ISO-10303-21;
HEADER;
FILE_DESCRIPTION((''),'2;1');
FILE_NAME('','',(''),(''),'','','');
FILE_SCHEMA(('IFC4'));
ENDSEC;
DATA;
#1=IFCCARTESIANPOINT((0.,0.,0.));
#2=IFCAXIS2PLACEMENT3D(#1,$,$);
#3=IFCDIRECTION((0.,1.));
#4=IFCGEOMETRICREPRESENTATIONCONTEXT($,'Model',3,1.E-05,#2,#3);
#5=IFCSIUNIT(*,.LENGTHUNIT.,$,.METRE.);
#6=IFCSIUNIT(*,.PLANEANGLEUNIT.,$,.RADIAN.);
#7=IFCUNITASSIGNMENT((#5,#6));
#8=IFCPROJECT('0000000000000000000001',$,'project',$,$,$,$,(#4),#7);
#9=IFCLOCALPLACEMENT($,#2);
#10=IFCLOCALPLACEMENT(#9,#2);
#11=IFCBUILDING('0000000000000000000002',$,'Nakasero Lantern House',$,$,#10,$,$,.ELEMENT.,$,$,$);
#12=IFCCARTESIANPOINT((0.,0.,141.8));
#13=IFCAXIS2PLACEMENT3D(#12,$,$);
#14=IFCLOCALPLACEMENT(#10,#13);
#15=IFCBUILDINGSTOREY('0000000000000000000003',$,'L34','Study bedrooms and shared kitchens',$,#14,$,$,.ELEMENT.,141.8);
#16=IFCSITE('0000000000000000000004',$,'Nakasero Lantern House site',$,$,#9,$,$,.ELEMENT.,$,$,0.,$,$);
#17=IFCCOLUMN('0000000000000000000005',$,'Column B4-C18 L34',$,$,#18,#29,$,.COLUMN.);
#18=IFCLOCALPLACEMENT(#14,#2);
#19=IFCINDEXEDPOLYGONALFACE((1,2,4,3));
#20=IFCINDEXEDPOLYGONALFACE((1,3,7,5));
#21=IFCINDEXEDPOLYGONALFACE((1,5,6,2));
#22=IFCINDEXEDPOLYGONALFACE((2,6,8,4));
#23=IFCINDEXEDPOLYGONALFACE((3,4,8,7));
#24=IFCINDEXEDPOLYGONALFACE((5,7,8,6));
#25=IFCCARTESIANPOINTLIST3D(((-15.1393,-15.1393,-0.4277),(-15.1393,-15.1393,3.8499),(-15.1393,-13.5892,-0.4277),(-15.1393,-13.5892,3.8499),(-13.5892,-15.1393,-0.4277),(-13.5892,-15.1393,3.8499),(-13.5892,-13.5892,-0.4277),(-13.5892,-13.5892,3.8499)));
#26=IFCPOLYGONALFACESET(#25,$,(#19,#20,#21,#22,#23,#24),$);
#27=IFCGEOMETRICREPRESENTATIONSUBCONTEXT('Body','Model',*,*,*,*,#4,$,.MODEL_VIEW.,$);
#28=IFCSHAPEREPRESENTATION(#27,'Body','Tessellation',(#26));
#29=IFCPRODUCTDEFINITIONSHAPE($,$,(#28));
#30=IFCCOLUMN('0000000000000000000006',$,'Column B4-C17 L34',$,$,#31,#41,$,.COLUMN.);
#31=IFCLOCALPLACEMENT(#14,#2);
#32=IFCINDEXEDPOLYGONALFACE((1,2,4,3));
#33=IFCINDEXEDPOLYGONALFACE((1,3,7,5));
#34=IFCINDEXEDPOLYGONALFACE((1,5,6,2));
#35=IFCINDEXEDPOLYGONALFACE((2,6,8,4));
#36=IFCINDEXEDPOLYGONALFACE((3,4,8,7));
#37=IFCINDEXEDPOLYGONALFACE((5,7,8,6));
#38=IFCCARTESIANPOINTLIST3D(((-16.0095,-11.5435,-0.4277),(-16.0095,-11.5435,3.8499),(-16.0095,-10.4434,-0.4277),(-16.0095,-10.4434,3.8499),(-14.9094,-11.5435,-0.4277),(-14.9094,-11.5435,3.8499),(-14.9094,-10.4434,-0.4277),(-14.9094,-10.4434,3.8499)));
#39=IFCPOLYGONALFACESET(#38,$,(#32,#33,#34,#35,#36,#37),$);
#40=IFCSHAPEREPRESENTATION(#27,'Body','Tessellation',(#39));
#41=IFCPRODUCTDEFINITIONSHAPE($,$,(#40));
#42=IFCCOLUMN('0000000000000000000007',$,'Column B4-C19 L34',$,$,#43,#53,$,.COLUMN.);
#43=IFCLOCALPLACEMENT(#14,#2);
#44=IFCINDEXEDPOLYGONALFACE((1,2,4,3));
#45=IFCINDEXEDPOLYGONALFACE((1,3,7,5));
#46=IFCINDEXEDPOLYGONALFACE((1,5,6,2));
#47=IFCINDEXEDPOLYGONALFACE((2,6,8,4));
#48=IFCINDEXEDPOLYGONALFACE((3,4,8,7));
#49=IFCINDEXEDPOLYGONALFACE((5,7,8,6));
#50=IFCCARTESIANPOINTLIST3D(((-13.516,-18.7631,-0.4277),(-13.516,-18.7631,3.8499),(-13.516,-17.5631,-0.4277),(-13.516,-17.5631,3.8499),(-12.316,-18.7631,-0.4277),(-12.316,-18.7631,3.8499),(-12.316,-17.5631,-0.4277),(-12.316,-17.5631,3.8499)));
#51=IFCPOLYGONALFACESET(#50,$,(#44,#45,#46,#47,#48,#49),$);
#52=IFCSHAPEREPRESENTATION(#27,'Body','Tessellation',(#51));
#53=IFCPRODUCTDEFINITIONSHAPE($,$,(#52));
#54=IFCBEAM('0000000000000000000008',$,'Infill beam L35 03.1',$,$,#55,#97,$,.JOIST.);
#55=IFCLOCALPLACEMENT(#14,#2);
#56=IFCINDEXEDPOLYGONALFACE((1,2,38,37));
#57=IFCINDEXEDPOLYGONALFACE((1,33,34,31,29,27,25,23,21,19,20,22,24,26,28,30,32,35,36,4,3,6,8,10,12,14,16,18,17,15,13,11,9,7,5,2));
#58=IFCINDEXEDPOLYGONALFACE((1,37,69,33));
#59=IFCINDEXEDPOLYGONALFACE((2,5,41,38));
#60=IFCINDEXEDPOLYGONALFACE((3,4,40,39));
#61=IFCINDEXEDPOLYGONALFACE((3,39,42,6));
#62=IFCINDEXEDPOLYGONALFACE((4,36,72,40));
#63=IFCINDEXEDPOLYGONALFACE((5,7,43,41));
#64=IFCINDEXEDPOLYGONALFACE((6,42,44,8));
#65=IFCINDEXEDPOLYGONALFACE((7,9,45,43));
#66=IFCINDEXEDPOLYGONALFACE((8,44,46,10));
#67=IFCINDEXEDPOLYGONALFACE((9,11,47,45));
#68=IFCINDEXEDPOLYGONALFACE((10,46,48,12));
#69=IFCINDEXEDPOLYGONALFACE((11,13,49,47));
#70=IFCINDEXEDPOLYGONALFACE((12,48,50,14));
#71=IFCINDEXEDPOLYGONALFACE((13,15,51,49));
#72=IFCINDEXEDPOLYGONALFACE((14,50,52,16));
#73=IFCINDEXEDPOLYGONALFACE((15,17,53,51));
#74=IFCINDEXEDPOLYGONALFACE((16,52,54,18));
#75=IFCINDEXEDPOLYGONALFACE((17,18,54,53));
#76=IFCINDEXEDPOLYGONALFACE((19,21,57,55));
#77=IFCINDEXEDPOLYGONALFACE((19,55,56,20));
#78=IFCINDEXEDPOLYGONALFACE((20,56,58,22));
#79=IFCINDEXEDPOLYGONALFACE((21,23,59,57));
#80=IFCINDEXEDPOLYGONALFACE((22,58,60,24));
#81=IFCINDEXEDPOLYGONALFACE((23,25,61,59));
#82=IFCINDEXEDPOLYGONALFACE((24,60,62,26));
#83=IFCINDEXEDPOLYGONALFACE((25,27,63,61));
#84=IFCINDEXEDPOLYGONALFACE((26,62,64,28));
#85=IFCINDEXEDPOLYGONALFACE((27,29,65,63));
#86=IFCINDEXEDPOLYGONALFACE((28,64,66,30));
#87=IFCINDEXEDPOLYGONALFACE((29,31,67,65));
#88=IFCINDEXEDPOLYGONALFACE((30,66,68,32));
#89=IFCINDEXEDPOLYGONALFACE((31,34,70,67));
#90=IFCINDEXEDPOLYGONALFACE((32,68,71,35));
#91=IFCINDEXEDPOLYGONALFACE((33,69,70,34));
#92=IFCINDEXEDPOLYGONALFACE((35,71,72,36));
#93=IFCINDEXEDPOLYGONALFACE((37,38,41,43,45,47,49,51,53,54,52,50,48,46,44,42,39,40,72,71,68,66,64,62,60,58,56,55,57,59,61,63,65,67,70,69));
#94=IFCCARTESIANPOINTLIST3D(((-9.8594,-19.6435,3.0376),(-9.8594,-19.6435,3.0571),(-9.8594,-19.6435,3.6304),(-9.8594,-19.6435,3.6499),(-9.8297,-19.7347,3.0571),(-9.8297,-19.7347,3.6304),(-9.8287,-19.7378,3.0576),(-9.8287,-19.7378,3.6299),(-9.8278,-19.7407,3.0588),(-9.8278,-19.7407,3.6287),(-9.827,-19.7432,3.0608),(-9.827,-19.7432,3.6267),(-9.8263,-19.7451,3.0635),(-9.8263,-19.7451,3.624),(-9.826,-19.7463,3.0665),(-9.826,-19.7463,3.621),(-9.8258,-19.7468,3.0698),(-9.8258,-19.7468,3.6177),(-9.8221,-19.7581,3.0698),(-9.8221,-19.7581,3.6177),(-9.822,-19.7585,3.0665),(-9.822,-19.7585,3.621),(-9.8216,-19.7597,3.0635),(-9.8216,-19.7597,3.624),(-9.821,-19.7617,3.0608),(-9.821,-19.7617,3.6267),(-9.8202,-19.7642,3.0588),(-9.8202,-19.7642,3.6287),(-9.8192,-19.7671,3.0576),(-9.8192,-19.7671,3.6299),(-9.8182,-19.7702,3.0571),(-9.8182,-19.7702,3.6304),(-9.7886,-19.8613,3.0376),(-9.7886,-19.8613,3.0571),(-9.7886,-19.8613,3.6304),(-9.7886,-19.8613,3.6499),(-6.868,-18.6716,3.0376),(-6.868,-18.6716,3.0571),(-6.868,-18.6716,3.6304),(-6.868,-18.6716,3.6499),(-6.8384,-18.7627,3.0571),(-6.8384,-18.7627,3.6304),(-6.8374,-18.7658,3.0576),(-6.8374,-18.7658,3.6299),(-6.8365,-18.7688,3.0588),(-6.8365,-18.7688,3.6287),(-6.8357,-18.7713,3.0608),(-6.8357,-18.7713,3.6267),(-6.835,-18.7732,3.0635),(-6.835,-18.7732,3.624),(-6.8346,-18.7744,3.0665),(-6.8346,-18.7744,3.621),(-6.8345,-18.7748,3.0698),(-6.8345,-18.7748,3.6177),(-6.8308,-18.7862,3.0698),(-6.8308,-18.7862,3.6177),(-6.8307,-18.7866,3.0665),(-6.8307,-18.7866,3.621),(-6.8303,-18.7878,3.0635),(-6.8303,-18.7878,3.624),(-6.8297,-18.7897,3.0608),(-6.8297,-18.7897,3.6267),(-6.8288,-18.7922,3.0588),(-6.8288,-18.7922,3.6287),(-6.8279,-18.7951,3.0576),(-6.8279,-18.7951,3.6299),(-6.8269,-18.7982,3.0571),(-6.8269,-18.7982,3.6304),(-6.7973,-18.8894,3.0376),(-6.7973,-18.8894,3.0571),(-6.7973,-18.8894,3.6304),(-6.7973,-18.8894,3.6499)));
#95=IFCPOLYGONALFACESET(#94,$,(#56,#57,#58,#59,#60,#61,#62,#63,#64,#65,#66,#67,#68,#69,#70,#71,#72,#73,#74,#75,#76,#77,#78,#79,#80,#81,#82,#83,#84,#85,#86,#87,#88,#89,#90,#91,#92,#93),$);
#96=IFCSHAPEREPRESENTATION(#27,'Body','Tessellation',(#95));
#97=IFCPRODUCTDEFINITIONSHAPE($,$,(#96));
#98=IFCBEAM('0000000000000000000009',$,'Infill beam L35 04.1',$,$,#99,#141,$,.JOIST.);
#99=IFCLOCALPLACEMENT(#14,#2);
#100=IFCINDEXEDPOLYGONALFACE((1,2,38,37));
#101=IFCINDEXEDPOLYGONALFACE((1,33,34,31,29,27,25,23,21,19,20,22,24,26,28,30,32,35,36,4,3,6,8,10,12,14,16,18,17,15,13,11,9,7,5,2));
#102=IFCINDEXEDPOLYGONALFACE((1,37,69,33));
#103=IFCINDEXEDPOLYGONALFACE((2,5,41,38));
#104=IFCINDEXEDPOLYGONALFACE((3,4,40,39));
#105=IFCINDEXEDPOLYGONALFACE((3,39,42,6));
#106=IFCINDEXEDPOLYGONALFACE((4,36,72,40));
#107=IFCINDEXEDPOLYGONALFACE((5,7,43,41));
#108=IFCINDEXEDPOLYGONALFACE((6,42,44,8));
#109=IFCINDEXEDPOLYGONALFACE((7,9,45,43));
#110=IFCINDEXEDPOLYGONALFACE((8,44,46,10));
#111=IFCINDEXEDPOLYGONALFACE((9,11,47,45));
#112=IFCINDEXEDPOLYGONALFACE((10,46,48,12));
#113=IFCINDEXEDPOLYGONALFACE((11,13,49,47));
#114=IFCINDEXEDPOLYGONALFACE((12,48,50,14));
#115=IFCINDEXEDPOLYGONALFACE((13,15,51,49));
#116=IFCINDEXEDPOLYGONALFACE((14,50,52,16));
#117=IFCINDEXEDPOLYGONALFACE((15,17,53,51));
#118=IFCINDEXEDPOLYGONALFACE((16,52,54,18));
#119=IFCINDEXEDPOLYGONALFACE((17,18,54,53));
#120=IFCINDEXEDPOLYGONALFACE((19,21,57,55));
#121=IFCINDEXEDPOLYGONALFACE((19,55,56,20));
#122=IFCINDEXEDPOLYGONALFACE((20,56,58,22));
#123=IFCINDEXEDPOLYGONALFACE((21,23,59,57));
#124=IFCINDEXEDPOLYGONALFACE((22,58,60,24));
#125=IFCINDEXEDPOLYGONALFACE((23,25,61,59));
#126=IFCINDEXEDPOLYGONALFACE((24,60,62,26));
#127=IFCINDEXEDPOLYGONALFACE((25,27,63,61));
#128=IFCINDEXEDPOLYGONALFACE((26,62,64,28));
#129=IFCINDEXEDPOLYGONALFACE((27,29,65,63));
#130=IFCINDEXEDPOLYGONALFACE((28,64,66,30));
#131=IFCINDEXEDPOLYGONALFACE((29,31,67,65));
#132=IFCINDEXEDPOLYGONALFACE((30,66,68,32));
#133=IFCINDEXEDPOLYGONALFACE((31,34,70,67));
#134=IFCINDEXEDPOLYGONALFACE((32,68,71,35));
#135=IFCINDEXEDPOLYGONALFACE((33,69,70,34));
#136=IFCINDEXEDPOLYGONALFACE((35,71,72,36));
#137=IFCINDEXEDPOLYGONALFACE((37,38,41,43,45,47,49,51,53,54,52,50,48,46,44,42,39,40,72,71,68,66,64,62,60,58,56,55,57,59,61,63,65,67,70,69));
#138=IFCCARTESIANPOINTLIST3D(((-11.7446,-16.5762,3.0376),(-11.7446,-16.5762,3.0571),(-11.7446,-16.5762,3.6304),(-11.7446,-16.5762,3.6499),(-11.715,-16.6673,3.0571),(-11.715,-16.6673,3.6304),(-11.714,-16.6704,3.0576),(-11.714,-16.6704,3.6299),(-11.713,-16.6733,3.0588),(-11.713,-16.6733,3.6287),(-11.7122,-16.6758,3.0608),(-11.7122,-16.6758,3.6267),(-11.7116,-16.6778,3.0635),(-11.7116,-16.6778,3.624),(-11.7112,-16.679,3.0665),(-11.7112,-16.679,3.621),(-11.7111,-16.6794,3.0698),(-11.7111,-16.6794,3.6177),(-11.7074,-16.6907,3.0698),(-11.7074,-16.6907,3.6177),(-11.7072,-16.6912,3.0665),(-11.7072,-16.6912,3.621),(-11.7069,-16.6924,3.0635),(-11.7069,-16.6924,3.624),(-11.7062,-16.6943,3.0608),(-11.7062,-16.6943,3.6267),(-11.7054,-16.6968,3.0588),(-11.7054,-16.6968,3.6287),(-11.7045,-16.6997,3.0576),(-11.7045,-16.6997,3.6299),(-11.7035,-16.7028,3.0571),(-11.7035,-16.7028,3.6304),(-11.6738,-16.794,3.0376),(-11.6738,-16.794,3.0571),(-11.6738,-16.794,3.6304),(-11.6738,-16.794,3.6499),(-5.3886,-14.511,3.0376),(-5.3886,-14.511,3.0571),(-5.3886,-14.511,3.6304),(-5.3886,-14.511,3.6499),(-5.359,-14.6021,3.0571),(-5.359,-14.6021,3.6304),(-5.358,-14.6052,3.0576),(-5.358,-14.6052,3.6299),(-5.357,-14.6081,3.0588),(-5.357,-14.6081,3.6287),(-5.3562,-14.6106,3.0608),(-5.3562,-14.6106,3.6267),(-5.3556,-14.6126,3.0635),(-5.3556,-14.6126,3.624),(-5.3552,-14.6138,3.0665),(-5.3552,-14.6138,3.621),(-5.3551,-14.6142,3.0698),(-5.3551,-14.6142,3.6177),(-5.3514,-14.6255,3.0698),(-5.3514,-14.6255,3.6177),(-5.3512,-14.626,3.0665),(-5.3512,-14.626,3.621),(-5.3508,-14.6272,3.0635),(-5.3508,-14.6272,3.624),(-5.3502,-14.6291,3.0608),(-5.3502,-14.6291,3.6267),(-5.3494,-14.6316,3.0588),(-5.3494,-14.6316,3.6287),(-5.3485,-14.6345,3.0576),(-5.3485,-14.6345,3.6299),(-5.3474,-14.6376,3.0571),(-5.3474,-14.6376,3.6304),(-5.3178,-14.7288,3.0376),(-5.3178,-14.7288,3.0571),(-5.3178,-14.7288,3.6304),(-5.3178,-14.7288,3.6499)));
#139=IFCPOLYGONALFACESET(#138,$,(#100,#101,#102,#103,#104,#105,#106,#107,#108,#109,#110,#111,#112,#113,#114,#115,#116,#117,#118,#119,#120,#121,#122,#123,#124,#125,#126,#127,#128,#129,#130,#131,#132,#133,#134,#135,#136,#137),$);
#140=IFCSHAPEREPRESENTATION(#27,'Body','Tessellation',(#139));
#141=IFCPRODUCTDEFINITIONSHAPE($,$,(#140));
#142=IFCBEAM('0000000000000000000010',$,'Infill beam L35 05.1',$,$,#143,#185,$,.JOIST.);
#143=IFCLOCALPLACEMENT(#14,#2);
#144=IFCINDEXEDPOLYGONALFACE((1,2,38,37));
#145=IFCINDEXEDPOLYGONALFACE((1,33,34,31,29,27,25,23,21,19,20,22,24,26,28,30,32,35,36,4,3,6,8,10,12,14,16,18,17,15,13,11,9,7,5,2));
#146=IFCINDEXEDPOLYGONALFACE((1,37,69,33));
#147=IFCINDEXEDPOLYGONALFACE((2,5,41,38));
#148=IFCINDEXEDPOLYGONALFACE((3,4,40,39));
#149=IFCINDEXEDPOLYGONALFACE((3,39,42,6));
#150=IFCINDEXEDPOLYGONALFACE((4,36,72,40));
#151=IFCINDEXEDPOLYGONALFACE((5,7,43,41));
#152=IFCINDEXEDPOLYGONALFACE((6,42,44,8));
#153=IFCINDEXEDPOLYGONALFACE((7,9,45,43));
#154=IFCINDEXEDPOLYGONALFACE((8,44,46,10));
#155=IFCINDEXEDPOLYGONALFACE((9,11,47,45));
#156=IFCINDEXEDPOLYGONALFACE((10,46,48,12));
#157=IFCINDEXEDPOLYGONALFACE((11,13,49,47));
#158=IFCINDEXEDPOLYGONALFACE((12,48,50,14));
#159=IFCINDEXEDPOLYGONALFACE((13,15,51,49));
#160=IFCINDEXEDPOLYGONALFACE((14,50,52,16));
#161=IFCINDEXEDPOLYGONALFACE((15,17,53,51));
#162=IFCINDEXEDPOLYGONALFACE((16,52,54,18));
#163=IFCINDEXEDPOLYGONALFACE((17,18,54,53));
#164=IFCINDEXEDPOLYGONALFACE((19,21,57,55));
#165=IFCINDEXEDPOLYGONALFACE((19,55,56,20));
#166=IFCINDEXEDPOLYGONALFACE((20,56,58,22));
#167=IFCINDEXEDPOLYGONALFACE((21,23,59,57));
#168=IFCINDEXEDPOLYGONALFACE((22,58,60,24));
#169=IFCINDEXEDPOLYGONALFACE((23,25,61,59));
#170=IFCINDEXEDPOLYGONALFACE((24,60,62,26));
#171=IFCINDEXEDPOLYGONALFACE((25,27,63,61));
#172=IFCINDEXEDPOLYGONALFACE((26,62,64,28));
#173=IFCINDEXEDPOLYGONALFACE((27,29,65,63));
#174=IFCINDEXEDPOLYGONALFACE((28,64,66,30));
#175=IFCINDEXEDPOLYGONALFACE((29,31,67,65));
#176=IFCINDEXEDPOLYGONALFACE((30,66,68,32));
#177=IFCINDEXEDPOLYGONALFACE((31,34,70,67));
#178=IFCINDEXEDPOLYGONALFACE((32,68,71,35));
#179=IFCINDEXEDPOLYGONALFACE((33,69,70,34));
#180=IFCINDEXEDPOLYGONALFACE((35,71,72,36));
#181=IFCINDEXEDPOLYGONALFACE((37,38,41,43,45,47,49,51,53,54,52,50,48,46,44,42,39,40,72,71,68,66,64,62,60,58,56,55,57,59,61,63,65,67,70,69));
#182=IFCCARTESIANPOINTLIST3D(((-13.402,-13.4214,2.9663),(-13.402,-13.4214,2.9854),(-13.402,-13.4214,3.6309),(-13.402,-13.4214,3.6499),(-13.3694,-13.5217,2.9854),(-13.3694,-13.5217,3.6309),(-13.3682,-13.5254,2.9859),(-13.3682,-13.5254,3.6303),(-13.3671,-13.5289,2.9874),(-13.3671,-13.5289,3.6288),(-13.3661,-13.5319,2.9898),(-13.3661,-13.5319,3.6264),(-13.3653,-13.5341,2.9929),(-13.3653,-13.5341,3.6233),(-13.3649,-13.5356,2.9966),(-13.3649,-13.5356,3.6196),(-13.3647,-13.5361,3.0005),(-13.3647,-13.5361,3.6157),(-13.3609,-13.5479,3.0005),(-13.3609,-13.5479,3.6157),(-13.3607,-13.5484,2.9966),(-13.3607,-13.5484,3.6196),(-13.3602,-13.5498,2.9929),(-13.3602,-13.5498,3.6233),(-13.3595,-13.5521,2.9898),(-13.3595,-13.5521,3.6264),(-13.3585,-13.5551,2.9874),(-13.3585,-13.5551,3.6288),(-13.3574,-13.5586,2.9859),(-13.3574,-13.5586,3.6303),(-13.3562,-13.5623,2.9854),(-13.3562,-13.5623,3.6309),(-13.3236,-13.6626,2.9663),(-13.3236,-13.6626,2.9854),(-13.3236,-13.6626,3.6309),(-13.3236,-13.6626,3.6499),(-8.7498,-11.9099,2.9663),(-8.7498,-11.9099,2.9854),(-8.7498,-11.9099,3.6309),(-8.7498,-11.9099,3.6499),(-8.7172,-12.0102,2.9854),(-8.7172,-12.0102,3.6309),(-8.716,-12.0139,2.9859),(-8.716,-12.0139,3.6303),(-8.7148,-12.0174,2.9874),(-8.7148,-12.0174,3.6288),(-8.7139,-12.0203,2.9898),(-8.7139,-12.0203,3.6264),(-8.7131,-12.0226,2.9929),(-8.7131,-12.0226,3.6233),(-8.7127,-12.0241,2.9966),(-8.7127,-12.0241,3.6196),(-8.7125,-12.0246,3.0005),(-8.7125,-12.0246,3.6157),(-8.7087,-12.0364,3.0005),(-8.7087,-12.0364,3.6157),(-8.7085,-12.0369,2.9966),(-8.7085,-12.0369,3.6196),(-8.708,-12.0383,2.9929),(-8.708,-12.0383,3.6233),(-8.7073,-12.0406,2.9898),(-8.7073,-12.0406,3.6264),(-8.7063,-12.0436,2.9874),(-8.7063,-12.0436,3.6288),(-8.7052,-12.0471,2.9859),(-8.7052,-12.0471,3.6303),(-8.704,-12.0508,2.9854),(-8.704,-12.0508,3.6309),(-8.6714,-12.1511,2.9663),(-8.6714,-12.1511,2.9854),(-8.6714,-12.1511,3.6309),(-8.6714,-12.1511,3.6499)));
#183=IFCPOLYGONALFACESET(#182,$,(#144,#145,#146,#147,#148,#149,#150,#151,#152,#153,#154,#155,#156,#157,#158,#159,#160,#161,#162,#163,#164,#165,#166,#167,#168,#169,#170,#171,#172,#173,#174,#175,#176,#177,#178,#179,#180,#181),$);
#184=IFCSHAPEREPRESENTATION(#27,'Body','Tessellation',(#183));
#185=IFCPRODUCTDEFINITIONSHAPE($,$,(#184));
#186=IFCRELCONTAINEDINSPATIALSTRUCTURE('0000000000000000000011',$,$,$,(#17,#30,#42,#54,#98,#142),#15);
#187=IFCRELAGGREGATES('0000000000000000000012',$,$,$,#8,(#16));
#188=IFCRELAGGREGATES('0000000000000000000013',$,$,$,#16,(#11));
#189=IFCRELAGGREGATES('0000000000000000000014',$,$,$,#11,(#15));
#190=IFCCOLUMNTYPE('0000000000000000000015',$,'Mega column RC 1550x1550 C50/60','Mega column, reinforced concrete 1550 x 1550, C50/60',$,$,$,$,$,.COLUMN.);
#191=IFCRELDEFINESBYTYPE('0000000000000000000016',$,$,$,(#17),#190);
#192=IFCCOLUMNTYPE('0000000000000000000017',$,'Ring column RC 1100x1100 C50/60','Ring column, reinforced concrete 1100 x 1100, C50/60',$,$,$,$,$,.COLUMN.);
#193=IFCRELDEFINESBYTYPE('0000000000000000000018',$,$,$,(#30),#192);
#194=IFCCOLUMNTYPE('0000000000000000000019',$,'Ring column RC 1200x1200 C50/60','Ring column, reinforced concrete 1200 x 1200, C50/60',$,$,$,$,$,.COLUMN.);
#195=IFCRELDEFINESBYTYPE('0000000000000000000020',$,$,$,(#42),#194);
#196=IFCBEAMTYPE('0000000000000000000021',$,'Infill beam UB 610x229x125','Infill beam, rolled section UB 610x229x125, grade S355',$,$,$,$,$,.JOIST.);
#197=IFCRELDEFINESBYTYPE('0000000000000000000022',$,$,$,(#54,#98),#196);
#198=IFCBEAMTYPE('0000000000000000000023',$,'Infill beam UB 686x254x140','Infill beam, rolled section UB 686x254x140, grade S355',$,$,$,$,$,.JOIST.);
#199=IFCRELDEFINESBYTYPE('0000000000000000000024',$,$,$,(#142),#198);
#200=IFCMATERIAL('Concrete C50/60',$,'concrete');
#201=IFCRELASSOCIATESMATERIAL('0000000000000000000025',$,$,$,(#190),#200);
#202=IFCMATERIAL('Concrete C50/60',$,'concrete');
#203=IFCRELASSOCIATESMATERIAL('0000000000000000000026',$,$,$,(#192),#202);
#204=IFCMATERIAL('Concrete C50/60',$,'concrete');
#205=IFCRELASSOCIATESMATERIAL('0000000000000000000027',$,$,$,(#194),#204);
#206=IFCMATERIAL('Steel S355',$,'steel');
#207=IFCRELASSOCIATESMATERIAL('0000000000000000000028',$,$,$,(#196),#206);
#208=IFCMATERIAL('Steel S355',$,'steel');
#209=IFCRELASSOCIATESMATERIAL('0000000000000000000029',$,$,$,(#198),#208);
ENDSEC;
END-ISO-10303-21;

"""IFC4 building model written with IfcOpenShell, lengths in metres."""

from ifc_helpers import new_model, si_unit, direction, frame, origin, origin_2d, place, context, subcontext, project, spatial, rectangle, i_section, extrude, material, material_profile, profile_set, type_object, element, save


model = new_model("IFC4")

# Units and contexts
model_context = context("Model", 3, precision=1e-05, world=origin(), true_north=direction((0.0, 1.0)))
body_context = subcontext(model_context, "Body", "Model", "MODEL_VIEW")
ifc_project = project(units=[si_unit("LENGTHUNIT", "METRE"), si_unit("PLANEANGLEUNIT", "RADIAN")], contexts=[model_context])

# Site, building, storey
site_placement = place(None, origin())
site = spatial("IfcSite", under=ifc_project, at=site_placement, Name="Nakasero Lantern House site", CompositionType="ELEMENT", RefElevation=0.0)
building_placement = place(site_placement, origin())
building = spatial("IfcBuilding", under=site, at=building_placement, Name="Nakasero Lantern House", CompositionType="ELEMENT")
storey_placement = place(building_placement, frame((0.0, 0.0, 141.8)))
storey = spatial("IfcBuildingStorey", under=building, at=storey_placement, Name="L34", Description="Study bedrooms and shared kitchens", CompositionType="ELEMENT", Elevation=141.8)

# Columns
ifc_material_1 = material(Name="Concrete C50/60", Category="concrete")
ifc_material_profile_1 = material_profile(ifc_material_1, rectangle(XDim=1.55, YDim=1.55, at=origin_2d()), Name="RC 1550x1550")
ifc_profile_set_1 = profile_set([ifc_material_profile_1], Name="Concrete C50/60")
column_type_1 = type_object("IfcColumnType", Name="Mega column RC 1550x1550 C50/60", Description="Mega column, reinforced concrete 1550 x 1550, C50/60", PredefinedType="COLUMN", material=ifc_profile_set_1)
column_1_placement = place(storey_placement, frame((-14.3643, -14.3643, -0.4277), z_axis=(0.0, 0.0, 1.0), x_axis=(1.0, 0.0, 0.0)))
element("IfcColumn", 1, at=column_1_placement, inside=storey, type_object=column_type_1, Name="Column B4-C18 L34", PredefinedType="COLUMN", context=body_context, shape_type="SweptSolid", body=[
    extrude(rectangle(XDim=1.55, YDim=1.55, at=origin_2d()), origin(), (0.0, 0.0, 1.0), 4.2776),
])
ifc_material_2 = material(Name="Concrete C50/60", Category="concrete")
ifc_material_profile_2 = material_profile(ifc_material_2, rectangle(XDim=1.1001, YDim=1.1001, at=origin_2d()), Name="RC 1100x1100")
ifc_profile_set_2 = profile_set([ifc_material_profile_2], Name="Concrete C50/60")
column_type_2 = type_object("IfcColumnType", Name="Ring column RC 1100x1100 C50/60", Description="Ring column, reinforced concrete 1100 x 1100, C50/60", PredefinedType="COLUMN", material=ifc_profile_set_2)
column_2_placement = place(storey_placement, frame((-15.4595, -10.9934, -0.4277), z_axis=(0.0, 0.0, 1.0), x_axis=(1.0, 0.0, 0.0)))
element("IfcColumn", 2, at=column_2_placement, inside=storey, type_object=column_type_2, Name="Column B4-C17 L34", PredefinedType="COLUMN", context=body_context, shape_type="SweptSolid", body=[
    extrude(rectangle(XDim=1.1001, YDim=1.1001, at=origin_2d()), origin(), (0.0, 0.0, 1.0), 4.2776),
])
ifc_material_3 = material(Name="Concrete C50/60", Category="concrete")
ifc_material_profile_3 = material_profile(ifc_material_3, rectangle(XDim=1.2, YDim=1.2, at=origin_2d()), Name="RC 1200x1200")
ifc_profile_set_3 = profile_set([ifc_material_profile_3], Name="Concrete C50/60")
column_type_3 = type_object("IfcColumnType", Name="Ring column RC 1200x1200 C50/60", Description="Ring column, reinforced concrete 1200 x 1200, C50/60", PredefinedType="COLUMN", material=ifc_profile_set_3)
column_3_placement = place(storey_placement, frame((-12.916, -18.1631, -0.4277), z_axis=(0.0, 0.0, 1.0), x_axis=(1.0, 0.0, 0.0)))
element("IfcColumn", 3, at=column_3_placement, inside=storey, type_object=column_type_3, Name="Column B4-C19 L34", PredefinedType="COLUMN", context=body_context, shape_type="SweptSolid", body=[
    extrude(rectangle(XDim=1.2, YDim=1.2, at=origin_2d()), origin(), (0.0, 0.0, 1.0), 4.2776),
])

# Beams
ifc_material_4 = material(Name="Steel S355", Category="steel")
ifc_material_profile_4 = material_profile(ifc_material_4, i_section(OverallWidth=0.229, OverallDepth=0.6123, WebThickness=0.012, FlangeThickness=0.0195, FilletRadius=0.0127, at=origin_2d()), Name="UB 610x229x125")
ifc_profile_set_4 = profile_set([ifc_material_profile_4], Name="Steel S355")
beam_type_1 = type_object("IfcBeamType", Name="Infill beam UB 610x229x125", Description="Infill beam, rolled section UB 610x229x125, grade S355", PredefinedType="JOIST", material=ifc_profile_set_4)
beam_1_placement = place(storey_placement, frame((-9.824, -19.7524, 3.3438), z_axis=(0.951055, 0.309023, 0.0), x_axis=(-0.309023, 0.951055, 0.0)))
element("IfcBeam", 4, at=beam_1_placement, inside=storey, type_object=beam_type_1, Name="Infill beam L35 03.1", PredefinedType="JOIST", context=body_context, shape_type="SweptSolid", body=[
    extrude(i_section(OverallWidth=0.229, OverallDepth=0.6123, WebThickness=0.012, FlangeThickness=0.0195, FilletRadius=0.0127, at=origin_2d()), origin(), (0.0, 0.0, 1.0), 3.1453),
])
beam_2_placement = place(storey_placement, frame((-11.7092, -16.6851, 3.3438), z_axis=(0.951056, 0.309018, 0.0), x_axis=(-0.309018, 0.951056, 0.0)))
element("IfcBeam", 5, at=beam_2_placement, inside=storey, type_object=beam_type_1, Name="Infill beam L35 04.1", PredefinedType="JOIST", context=body_context, shape_type="SweptSolid", body=[
    extrude(i_section(OverallWidth=0.229, OverallDepth=0.6123, WebThickness=0.012, FlangeThickness=0.0195, FilletRadius=0.0127, at=origin_2d()), origin(), (0.0, 0.0, 1.0), 6.6831),
])
ifc_material_5 = material(Name="Steel S355", Category="steel")
ifc_material_profile_5 = material_profile(ifc_material_5, i_section(OverallWidth=0.2537, OverallDepth=0.6836, WebThickness=0.0125, FlangeThickness=0.019, FilletRadius=0.0151, at=origin_2d()), Name="UB 686x254x140")
ifc_profile_set_5 = profile_set([ifc_material_profile_5], Name="Steel S355")
beam_type_2 = type_object("IfcBeamType", Name="Infill beam UB 686x254x140", Description="Infill beam, rolled section UB 686x254x140, grade S355", PredefinedType="JOIST", material=ifc_profile_set_5)
beam_3_placement = place(storey_placement, frame((-13.3628, -13.542, 3.3081), z_axis=(0.951062, 0.309001, 0.0), x_axis=(-0.309001, 0.951062, 0.0)))
element("IfcBeam", 6, at=beam_3_placement, inside=storey, type_object=beam_type_2, Name="Infill beam L35 05.1", PredefinedType="JOIST", context=body_context, shape_type="SweptSolid", body=[
    extrude(i_section(OverallWidth=0.2537, OverallDepth=0.6836, WebThickness=0.0125, FlangeThickness=0.019, FilletRadius=0.0151, at=origin_2d()), origin(), (0.0, 0.0, 1.0), 4.8916),
])

save(model, "model.ifc")
